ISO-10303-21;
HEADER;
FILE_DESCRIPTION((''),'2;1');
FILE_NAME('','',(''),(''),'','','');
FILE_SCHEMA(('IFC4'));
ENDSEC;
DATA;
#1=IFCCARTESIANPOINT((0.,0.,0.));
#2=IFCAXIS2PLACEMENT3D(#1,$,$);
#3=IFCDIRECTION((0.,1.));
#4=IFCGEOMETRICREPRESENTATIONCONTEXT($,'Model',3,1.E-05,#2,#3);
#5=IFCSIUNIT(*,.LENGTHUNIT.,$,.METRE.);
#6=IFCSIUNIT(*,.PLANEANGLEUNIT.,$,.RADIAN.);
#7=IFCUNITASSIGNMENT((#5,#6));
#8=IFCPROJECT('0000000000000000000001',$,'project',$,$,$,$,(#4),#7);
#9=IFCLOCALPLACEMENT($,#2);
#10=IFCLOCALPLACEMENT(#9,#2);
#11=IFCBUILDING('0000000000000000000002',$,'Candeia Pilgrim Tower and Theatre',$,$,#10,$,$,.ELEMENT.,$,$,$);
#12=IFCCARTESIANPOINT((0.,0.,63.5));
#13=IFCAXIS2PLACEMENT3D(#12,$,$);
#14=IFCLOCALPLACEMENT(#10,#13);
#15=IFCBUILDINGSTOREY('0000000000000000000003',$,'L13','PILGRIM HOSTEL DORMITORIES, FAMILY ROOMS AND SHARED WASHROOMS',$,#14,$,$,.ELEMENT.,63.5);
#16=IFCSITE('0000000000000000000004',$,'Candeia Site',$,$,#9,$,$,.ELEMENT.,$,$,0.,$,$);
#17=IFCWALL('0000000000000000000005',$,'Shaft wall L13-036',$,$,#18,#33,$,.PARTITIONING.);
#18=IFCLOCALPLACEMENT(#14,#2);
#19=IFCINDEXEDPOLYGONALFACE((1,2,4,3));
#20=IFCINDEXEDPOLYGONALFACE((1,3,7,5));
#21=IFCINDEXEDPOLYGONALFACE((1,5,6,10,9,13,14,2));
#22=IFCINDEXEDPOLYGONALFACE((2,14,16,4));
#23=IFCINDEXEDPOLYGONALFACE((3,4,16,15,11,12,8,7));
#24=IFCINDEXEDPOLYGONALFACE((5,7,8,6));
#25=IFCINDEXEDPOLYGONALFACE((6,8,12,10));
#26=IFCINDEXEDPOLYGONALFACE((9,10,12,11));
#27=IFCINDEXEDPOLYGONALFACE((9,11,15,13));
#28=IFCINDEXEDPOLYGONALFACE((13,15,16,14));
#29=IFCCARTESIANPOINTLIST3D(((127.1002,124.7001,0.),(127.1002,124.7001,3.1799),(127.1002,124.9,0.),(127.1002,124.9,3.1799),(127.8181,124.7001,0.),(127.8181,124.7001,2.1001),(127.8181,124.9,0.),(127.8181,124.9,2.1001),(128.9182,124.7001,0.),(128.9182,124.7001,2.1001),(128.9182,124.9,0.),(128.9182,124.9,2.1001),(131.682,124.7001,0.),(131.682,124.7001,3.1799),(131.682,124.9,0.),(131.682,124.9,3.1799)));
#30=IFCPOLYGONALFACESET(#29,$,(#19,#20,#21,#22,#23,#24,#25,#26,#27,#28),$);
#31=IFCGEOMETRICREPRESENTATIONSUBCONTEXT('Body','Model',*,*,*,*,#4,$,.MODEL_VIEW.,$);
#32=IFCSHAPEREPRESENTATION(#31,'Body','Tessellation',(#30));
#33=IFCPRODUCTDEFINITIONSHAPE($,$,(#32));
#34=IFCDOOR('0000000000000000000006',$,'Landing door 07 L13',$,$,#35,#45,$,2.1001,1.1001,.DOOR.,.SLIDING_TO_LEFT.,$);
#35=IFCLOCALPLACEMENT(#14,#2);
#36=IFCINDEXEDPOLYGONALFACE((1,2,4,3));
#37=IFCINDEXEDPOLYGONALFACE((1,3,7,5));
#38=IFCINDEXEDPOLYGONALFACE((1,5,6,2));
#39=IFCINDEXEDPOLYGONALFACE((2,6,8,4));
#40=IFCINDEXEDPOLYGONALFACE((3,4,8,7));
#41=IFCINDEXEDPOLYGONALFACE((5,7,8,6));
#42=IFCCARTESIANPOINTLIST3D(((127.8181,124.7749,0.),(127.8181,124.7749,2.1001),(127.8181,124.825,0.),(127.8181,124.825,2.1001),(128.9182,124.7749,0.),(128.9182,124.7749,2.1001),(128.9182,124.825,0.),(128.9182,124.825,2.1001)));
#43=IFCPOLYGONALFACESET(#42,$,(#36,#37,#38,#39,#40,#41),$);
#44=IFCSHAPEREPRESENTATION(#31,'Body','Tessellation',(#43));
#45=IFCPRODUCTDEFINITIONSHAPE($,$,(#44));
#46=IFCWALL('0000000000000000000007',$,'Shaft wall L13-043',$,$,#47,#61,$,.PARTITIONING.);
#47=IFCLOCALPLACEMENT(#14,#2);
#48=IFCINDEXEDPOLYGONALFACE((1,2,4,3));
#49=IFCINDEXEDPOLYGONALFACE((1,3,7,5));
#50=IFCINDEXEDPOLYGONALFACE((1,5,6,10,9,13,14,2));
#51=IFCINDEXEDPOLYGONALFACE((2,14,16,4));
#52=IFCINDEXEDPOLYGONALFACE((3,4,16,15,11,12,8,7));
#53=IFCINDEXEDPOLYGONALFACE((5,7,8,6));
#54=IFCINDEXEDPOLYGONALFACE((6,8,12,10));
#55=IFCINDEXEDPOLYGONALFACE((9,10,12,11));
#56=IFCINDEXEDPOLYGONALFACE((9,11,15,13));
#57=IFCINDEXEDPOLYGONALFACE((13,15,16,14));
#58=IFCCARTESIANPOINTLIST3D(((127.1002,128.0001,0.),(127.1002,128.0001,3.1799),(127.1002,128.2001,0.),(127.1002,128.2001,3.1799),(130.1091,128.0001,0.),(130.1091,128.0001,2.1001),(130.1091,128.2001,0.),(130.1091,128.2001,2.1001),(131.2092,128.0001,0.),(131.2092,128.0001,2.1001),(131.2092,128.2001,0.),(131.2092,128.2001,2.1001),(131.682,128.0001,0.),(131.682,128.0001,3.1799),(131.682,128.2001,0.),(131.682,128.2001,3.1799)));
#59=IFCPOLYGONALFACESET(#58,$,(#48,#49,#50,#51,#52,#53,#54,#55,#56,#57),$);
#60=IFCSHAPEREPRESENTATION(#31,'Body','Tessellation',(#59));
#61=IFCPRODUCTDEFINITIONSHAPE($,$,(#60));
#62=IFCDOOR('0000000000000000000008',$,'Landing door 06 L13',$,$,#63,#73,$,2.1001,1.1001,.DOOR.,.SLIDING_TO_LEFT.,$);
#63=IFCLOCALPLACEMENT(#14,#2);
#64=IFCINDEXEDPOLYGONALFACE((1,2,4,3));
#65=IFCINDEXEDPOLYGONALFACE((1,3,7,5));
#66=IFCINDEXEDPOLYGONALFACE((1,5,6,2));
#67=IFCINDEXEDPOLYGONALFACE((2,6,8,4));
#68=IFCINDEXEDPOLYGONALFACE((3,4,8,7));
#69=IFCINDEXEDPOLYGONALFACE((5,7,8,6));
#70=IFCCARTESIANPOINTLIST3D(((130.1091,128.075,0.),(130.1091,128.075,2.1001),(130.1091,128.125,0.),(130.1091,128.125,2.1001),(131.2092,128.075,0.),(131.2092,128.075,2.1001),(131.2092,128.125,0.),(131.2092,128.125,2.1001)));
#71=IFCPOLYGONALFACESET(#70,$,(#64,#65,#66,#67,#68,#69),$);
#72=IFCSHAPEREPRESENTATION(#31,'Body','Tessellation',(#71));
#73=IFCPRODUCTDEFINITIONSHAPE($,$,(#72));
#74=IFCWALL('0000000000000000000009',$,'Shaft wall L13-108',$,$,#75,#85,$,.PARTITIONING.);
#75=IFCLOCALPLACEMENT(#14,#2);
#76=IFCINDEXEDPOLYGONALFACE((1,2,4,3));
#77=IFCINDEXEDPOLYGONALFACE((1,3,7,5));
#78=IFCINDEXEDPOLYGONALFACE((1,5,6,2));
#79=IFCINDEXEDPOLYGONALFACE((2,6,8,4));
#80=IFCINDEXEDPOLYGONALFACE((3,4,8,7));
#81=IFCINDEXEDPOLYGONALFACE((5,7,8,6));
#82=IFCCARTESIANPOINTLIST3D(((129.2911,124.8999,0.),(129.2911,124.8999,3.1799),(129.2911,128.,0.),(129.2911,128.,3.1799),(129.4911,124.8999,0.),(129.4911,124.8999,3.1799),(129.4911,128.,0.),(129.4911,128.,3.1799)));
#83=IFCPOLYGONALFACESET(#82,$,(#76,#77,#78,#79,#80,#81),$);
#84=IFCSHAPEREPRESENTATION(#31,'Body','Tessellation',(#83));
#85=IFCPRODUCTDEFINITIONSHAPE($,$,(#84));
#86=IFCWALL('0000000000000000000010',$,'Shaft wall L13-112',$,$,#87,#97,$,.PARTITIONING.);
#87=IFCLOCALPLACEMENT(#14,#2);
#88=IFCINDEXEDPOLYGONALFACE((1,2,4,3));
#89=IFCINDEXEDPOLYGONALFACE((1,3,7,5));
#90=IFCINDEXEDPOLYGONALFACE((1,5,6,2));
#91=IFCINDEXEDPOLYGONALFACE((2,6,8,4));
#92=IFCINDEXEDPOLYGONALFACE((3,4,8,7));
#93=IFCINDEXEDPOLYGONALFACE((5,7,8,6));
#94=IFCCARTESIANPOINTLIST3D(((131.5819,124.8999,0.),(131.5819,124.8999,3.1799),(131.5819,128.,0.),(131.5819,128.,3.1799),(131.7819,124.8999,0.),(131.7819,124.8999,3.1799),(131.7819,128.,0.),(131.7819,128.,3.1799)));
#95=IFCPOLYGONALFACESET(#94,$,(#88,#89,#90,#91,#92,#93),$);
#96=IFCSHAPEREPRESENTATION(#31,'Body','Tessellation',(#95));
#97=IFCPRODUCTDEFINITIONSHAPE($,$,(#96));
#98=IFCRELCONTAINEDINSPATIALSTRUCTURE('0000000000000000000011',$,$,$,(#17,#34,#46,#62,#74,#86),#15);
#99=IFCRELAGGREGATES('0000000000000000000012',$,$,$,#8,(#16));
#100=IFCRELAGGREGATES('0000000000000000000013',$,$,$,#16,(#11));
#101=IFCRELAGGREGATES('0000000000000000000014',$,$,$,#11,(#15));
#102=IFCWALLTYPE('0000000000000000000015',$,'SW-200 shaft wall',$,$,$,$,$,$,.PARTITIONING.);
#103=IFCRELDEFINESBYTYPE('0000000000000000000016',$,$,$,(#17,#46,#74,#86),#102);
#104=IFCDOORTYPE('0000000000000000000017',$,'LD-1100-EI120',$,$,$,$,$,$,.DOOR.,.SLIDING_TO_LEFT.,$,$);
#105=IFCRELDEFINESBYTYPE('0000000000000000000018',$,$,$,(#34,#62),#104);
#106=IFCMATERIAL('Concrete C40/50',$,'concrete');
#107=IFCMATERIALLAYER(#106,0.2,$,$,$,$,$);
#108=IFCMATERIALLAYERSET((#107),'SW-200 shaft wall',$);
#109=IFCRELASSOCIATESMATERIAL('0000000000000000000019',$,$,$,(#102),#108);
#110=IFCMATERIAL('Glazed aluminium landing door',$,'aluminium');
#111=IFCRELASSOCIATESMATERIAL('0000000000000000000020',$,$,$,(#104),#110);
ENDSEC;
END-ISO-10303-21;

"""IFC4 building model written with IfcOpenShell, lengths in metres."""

from ifc_helpers import new_model, si_unit, direction, frame, frame_2d, origin, place, context, subcontext, project, spatial, rectangle, extrude, material, layer, layer_set, type_object, element, fill, save


model = new_model("IFC4")

# Units and contexts
model_context = context("Model", 3, precision=1e-05, world=origin(), true_north=direction((0.0, 1.0)))
body_context = subcontext(model_context, "Body", "Model", "MODEL_VIEW")
ifc_project = project(units=[si_unit("LENGTHUNIT", "METRE"), si_unit("PLANEANGLEUNIT", "RADIAN")], contexts=[model_context])

# Site, building, storey
site_placement = place(None, origin())
site = spatial("IfcSite", under=ifc_project, at=site_placement, Name="Candeia Site", CompositionType="ELEMENT", RefElevation=0.0)
building_placement = place(site_placement, origin())
building = spatial("IfcBuilding", under=site, at=building_placement, Name="Candeia Pilgrim Tower and Theatre", CompositionType="ELEMENT")
storey_placement = place(building_placement, frame((0.0, 0.0, 63.5)))
storey = spatial("IfcBuildingStorey", under=building, at=storey_placement, Name="L13", Description="PILGRIM HOSTEL DORMITORIES, FAMILY ROOMS AND SHARED WASHROOMS", CompositionType="ELEMENT", Elevation=63.5)

# Shared definitions
ifc_material_1 = material(Name="Concrete C40/50", Category="concrete")
ifc_layer_1 = layer(ifc_material_1, 0.2)
ifc_layer_set_1 = layer_set([ifc_layer_1], Name="SW-200 shaft wall")
wall_type_1 = type_object("IfcWallType", Name="SW-200 shaft wall", PredefinedType="PARTITIONING", material=ifc_layer_set_1)

# Walls, openings, doors
wall_1_placement = place(storey_placement, frame((127.1001, 124.8, 0.0), z_axis=(0.0, 0.0, 1.0), x_axis=(1.0, 0.0, 0.0)))
wall_1 = element("IfcWall", 1, at=wall_1_placement, inside=storey, type_object=wall_type_1, Name="Shaft wall L13-036", PredefinedType="PARTITIONING", context=body_context, shape_type="SweptSolid", body=[
    extrude(rectangle(XDim=4.5818, YDim=0.2, at=frame_2d((2.291, 0.0))), origin(), (0.0, 0.0, 1.0), 3.1799),
])
opening_1_placement = place(wall_1_placement, frame((0.718, 0.0, 0.0)))
opening_1 = element("IfcOpeningElement", 2, at=opening_1_placement, cuts=wall_1, PredefinedType="OPENING", context=body_context, shape_type="SweptSolid", body=[
    extrude(rectangle(XDim=1.1001, YDim=2.1001, at=frame_2d((0.55, 1.05))), frame((0.0, 0.1099, 0.0), z_axis=(0.0, -1.0, 0.0), x_axis=(1.0, 0.0, 0.0)), (0.0, 0.0, 1.0), 0.22),
])
ifc_material_2 = material(Name="Glazed aluminium landing door", Category="aluminium")
door_type_1 = type_object("IfcDoorType", Name="LD-1100-EI120", OperationType="SLIDING_TO_LEFT", PredefinedType="DOOR", material=ifc_material_2)
door_1_placement = place(opening_1_placement, origin())
door_1 = element("IfcDoor", 3, at=door_1_placement, inside=storey, type_object=door_type_1, Name="Landing door 07 L13", OperationType="SLIDING_TO_LEFT", OverallHeight=2.1001, OverallWidth=1.1001, PredefinedType="DOOR", context=body_context, shape_type="SweptSolid", body=[
    extrude(rectangle(XDim=1.1001, YDim=2.1001, at=frame_2d((0.55, 1.05))), frame((0.0, 0.0249, 0.0), z_axis=(0.0, -1.0, 0.0), x_axis=(1.0, 0.0, 0.0)), (0.0, 0.0, 1.0), 0.05),
])
fill(opening_1, door_1)
wall_2_placement = place(storey_placement, frame((127.1001, 128.1001, 0.0), z_axis=(0.0, 0.0, 1.0), x_axis=(1.0, 0.0, 0.0)))
wall_2 = element("IfcWall", 4, at=wall_2_placement, inside=storey, type_object=wall_type_1, Name="Shaft wall L13-043", PredefinedType="PARTITIONING", context=body_context, shape_type="SweptSolid", body=[
    extrude(rectangle(XDim=4.5818, YDim=0.2, at=frame_2d((2.291, 0.0))), origin(), (0.0, 0.0, 1.0), 3.1799),
])
opening_2_placement = place(wall_2_placement, frame((3.009, 0.0, 0.0)))
opening_2 = element("IfcOpeningElement", 5, at=opening_2_placement, cuts=wall_2, PredefinedType="OPENING", context=body_context, shape_type="SweptSolid", body=[
    extrude(rectangle(XDim=1.1001, YDim=2.1001, at=frame_2d((0.55, 1.05))), frame((0.0, 0.1099, 0.0), z_axis=(0.0, -1.0, 0.0), x_axis=(1.0, 0.0, 0.0)), (0.0, 0.0, 1.0), 0.22),
])
door_2_placement = place(opening_2_placement, origin())
door_2 = element("IfcDoor", 6, at=door_2_placement, inside=storey, type_object=door_type_1, Name="Landing door 06 L13", OperationType="SLIDING_TO_LEFT", OverallHeight=2.1001, OverallWidth=1.1001, PredefinedType="DOOR", context=body_context, shape_type="SweptSolid", body=[
    extrude(rectangle(XDim=1.1001, YDim=2.1001, at=frame_2d((0.55, 1.05))), frame((0.0, 0.0249, 0.0), z_axis=(0.0, -1.0, 0.0), x_axis=(1.0, 0.0, 0.0)), (0.0, 0.0, 1.0), 0.05),
])
fill(opening_2, door_2)

# Walls
for number, where, z_axis, x_axis, name in (
    (7, (129.3911, 124.8999, 0.0), (0.0, 0.0, 1.0), (0.0, 1.0, 0.0), "Shaft wall L13-108"),
    (8, (131.6819, 124.8999, 0.0), (0.0, 0.0, 1.0), (0.0, 1.0, 0.0), "Shaft wall L13-112"),
):
    element("IfcWall", number, at=place(storey_placement, frame(where, z_axis=z_axis, x_axis=x_axis)), inside=storey, type_object=wall_type_1, Name=name, PredefinedType="PARTITIONING", context=body_context, shape_type="SweptSolid", body=[
        extrude(rectangle(XDim=3.1001, YDim=0.2, at=frame_2d((1.55, 0.0))), origin(), (0.0, 0.0, 1.0), 3.1799),
    ])

save(model, "model.ifc")
